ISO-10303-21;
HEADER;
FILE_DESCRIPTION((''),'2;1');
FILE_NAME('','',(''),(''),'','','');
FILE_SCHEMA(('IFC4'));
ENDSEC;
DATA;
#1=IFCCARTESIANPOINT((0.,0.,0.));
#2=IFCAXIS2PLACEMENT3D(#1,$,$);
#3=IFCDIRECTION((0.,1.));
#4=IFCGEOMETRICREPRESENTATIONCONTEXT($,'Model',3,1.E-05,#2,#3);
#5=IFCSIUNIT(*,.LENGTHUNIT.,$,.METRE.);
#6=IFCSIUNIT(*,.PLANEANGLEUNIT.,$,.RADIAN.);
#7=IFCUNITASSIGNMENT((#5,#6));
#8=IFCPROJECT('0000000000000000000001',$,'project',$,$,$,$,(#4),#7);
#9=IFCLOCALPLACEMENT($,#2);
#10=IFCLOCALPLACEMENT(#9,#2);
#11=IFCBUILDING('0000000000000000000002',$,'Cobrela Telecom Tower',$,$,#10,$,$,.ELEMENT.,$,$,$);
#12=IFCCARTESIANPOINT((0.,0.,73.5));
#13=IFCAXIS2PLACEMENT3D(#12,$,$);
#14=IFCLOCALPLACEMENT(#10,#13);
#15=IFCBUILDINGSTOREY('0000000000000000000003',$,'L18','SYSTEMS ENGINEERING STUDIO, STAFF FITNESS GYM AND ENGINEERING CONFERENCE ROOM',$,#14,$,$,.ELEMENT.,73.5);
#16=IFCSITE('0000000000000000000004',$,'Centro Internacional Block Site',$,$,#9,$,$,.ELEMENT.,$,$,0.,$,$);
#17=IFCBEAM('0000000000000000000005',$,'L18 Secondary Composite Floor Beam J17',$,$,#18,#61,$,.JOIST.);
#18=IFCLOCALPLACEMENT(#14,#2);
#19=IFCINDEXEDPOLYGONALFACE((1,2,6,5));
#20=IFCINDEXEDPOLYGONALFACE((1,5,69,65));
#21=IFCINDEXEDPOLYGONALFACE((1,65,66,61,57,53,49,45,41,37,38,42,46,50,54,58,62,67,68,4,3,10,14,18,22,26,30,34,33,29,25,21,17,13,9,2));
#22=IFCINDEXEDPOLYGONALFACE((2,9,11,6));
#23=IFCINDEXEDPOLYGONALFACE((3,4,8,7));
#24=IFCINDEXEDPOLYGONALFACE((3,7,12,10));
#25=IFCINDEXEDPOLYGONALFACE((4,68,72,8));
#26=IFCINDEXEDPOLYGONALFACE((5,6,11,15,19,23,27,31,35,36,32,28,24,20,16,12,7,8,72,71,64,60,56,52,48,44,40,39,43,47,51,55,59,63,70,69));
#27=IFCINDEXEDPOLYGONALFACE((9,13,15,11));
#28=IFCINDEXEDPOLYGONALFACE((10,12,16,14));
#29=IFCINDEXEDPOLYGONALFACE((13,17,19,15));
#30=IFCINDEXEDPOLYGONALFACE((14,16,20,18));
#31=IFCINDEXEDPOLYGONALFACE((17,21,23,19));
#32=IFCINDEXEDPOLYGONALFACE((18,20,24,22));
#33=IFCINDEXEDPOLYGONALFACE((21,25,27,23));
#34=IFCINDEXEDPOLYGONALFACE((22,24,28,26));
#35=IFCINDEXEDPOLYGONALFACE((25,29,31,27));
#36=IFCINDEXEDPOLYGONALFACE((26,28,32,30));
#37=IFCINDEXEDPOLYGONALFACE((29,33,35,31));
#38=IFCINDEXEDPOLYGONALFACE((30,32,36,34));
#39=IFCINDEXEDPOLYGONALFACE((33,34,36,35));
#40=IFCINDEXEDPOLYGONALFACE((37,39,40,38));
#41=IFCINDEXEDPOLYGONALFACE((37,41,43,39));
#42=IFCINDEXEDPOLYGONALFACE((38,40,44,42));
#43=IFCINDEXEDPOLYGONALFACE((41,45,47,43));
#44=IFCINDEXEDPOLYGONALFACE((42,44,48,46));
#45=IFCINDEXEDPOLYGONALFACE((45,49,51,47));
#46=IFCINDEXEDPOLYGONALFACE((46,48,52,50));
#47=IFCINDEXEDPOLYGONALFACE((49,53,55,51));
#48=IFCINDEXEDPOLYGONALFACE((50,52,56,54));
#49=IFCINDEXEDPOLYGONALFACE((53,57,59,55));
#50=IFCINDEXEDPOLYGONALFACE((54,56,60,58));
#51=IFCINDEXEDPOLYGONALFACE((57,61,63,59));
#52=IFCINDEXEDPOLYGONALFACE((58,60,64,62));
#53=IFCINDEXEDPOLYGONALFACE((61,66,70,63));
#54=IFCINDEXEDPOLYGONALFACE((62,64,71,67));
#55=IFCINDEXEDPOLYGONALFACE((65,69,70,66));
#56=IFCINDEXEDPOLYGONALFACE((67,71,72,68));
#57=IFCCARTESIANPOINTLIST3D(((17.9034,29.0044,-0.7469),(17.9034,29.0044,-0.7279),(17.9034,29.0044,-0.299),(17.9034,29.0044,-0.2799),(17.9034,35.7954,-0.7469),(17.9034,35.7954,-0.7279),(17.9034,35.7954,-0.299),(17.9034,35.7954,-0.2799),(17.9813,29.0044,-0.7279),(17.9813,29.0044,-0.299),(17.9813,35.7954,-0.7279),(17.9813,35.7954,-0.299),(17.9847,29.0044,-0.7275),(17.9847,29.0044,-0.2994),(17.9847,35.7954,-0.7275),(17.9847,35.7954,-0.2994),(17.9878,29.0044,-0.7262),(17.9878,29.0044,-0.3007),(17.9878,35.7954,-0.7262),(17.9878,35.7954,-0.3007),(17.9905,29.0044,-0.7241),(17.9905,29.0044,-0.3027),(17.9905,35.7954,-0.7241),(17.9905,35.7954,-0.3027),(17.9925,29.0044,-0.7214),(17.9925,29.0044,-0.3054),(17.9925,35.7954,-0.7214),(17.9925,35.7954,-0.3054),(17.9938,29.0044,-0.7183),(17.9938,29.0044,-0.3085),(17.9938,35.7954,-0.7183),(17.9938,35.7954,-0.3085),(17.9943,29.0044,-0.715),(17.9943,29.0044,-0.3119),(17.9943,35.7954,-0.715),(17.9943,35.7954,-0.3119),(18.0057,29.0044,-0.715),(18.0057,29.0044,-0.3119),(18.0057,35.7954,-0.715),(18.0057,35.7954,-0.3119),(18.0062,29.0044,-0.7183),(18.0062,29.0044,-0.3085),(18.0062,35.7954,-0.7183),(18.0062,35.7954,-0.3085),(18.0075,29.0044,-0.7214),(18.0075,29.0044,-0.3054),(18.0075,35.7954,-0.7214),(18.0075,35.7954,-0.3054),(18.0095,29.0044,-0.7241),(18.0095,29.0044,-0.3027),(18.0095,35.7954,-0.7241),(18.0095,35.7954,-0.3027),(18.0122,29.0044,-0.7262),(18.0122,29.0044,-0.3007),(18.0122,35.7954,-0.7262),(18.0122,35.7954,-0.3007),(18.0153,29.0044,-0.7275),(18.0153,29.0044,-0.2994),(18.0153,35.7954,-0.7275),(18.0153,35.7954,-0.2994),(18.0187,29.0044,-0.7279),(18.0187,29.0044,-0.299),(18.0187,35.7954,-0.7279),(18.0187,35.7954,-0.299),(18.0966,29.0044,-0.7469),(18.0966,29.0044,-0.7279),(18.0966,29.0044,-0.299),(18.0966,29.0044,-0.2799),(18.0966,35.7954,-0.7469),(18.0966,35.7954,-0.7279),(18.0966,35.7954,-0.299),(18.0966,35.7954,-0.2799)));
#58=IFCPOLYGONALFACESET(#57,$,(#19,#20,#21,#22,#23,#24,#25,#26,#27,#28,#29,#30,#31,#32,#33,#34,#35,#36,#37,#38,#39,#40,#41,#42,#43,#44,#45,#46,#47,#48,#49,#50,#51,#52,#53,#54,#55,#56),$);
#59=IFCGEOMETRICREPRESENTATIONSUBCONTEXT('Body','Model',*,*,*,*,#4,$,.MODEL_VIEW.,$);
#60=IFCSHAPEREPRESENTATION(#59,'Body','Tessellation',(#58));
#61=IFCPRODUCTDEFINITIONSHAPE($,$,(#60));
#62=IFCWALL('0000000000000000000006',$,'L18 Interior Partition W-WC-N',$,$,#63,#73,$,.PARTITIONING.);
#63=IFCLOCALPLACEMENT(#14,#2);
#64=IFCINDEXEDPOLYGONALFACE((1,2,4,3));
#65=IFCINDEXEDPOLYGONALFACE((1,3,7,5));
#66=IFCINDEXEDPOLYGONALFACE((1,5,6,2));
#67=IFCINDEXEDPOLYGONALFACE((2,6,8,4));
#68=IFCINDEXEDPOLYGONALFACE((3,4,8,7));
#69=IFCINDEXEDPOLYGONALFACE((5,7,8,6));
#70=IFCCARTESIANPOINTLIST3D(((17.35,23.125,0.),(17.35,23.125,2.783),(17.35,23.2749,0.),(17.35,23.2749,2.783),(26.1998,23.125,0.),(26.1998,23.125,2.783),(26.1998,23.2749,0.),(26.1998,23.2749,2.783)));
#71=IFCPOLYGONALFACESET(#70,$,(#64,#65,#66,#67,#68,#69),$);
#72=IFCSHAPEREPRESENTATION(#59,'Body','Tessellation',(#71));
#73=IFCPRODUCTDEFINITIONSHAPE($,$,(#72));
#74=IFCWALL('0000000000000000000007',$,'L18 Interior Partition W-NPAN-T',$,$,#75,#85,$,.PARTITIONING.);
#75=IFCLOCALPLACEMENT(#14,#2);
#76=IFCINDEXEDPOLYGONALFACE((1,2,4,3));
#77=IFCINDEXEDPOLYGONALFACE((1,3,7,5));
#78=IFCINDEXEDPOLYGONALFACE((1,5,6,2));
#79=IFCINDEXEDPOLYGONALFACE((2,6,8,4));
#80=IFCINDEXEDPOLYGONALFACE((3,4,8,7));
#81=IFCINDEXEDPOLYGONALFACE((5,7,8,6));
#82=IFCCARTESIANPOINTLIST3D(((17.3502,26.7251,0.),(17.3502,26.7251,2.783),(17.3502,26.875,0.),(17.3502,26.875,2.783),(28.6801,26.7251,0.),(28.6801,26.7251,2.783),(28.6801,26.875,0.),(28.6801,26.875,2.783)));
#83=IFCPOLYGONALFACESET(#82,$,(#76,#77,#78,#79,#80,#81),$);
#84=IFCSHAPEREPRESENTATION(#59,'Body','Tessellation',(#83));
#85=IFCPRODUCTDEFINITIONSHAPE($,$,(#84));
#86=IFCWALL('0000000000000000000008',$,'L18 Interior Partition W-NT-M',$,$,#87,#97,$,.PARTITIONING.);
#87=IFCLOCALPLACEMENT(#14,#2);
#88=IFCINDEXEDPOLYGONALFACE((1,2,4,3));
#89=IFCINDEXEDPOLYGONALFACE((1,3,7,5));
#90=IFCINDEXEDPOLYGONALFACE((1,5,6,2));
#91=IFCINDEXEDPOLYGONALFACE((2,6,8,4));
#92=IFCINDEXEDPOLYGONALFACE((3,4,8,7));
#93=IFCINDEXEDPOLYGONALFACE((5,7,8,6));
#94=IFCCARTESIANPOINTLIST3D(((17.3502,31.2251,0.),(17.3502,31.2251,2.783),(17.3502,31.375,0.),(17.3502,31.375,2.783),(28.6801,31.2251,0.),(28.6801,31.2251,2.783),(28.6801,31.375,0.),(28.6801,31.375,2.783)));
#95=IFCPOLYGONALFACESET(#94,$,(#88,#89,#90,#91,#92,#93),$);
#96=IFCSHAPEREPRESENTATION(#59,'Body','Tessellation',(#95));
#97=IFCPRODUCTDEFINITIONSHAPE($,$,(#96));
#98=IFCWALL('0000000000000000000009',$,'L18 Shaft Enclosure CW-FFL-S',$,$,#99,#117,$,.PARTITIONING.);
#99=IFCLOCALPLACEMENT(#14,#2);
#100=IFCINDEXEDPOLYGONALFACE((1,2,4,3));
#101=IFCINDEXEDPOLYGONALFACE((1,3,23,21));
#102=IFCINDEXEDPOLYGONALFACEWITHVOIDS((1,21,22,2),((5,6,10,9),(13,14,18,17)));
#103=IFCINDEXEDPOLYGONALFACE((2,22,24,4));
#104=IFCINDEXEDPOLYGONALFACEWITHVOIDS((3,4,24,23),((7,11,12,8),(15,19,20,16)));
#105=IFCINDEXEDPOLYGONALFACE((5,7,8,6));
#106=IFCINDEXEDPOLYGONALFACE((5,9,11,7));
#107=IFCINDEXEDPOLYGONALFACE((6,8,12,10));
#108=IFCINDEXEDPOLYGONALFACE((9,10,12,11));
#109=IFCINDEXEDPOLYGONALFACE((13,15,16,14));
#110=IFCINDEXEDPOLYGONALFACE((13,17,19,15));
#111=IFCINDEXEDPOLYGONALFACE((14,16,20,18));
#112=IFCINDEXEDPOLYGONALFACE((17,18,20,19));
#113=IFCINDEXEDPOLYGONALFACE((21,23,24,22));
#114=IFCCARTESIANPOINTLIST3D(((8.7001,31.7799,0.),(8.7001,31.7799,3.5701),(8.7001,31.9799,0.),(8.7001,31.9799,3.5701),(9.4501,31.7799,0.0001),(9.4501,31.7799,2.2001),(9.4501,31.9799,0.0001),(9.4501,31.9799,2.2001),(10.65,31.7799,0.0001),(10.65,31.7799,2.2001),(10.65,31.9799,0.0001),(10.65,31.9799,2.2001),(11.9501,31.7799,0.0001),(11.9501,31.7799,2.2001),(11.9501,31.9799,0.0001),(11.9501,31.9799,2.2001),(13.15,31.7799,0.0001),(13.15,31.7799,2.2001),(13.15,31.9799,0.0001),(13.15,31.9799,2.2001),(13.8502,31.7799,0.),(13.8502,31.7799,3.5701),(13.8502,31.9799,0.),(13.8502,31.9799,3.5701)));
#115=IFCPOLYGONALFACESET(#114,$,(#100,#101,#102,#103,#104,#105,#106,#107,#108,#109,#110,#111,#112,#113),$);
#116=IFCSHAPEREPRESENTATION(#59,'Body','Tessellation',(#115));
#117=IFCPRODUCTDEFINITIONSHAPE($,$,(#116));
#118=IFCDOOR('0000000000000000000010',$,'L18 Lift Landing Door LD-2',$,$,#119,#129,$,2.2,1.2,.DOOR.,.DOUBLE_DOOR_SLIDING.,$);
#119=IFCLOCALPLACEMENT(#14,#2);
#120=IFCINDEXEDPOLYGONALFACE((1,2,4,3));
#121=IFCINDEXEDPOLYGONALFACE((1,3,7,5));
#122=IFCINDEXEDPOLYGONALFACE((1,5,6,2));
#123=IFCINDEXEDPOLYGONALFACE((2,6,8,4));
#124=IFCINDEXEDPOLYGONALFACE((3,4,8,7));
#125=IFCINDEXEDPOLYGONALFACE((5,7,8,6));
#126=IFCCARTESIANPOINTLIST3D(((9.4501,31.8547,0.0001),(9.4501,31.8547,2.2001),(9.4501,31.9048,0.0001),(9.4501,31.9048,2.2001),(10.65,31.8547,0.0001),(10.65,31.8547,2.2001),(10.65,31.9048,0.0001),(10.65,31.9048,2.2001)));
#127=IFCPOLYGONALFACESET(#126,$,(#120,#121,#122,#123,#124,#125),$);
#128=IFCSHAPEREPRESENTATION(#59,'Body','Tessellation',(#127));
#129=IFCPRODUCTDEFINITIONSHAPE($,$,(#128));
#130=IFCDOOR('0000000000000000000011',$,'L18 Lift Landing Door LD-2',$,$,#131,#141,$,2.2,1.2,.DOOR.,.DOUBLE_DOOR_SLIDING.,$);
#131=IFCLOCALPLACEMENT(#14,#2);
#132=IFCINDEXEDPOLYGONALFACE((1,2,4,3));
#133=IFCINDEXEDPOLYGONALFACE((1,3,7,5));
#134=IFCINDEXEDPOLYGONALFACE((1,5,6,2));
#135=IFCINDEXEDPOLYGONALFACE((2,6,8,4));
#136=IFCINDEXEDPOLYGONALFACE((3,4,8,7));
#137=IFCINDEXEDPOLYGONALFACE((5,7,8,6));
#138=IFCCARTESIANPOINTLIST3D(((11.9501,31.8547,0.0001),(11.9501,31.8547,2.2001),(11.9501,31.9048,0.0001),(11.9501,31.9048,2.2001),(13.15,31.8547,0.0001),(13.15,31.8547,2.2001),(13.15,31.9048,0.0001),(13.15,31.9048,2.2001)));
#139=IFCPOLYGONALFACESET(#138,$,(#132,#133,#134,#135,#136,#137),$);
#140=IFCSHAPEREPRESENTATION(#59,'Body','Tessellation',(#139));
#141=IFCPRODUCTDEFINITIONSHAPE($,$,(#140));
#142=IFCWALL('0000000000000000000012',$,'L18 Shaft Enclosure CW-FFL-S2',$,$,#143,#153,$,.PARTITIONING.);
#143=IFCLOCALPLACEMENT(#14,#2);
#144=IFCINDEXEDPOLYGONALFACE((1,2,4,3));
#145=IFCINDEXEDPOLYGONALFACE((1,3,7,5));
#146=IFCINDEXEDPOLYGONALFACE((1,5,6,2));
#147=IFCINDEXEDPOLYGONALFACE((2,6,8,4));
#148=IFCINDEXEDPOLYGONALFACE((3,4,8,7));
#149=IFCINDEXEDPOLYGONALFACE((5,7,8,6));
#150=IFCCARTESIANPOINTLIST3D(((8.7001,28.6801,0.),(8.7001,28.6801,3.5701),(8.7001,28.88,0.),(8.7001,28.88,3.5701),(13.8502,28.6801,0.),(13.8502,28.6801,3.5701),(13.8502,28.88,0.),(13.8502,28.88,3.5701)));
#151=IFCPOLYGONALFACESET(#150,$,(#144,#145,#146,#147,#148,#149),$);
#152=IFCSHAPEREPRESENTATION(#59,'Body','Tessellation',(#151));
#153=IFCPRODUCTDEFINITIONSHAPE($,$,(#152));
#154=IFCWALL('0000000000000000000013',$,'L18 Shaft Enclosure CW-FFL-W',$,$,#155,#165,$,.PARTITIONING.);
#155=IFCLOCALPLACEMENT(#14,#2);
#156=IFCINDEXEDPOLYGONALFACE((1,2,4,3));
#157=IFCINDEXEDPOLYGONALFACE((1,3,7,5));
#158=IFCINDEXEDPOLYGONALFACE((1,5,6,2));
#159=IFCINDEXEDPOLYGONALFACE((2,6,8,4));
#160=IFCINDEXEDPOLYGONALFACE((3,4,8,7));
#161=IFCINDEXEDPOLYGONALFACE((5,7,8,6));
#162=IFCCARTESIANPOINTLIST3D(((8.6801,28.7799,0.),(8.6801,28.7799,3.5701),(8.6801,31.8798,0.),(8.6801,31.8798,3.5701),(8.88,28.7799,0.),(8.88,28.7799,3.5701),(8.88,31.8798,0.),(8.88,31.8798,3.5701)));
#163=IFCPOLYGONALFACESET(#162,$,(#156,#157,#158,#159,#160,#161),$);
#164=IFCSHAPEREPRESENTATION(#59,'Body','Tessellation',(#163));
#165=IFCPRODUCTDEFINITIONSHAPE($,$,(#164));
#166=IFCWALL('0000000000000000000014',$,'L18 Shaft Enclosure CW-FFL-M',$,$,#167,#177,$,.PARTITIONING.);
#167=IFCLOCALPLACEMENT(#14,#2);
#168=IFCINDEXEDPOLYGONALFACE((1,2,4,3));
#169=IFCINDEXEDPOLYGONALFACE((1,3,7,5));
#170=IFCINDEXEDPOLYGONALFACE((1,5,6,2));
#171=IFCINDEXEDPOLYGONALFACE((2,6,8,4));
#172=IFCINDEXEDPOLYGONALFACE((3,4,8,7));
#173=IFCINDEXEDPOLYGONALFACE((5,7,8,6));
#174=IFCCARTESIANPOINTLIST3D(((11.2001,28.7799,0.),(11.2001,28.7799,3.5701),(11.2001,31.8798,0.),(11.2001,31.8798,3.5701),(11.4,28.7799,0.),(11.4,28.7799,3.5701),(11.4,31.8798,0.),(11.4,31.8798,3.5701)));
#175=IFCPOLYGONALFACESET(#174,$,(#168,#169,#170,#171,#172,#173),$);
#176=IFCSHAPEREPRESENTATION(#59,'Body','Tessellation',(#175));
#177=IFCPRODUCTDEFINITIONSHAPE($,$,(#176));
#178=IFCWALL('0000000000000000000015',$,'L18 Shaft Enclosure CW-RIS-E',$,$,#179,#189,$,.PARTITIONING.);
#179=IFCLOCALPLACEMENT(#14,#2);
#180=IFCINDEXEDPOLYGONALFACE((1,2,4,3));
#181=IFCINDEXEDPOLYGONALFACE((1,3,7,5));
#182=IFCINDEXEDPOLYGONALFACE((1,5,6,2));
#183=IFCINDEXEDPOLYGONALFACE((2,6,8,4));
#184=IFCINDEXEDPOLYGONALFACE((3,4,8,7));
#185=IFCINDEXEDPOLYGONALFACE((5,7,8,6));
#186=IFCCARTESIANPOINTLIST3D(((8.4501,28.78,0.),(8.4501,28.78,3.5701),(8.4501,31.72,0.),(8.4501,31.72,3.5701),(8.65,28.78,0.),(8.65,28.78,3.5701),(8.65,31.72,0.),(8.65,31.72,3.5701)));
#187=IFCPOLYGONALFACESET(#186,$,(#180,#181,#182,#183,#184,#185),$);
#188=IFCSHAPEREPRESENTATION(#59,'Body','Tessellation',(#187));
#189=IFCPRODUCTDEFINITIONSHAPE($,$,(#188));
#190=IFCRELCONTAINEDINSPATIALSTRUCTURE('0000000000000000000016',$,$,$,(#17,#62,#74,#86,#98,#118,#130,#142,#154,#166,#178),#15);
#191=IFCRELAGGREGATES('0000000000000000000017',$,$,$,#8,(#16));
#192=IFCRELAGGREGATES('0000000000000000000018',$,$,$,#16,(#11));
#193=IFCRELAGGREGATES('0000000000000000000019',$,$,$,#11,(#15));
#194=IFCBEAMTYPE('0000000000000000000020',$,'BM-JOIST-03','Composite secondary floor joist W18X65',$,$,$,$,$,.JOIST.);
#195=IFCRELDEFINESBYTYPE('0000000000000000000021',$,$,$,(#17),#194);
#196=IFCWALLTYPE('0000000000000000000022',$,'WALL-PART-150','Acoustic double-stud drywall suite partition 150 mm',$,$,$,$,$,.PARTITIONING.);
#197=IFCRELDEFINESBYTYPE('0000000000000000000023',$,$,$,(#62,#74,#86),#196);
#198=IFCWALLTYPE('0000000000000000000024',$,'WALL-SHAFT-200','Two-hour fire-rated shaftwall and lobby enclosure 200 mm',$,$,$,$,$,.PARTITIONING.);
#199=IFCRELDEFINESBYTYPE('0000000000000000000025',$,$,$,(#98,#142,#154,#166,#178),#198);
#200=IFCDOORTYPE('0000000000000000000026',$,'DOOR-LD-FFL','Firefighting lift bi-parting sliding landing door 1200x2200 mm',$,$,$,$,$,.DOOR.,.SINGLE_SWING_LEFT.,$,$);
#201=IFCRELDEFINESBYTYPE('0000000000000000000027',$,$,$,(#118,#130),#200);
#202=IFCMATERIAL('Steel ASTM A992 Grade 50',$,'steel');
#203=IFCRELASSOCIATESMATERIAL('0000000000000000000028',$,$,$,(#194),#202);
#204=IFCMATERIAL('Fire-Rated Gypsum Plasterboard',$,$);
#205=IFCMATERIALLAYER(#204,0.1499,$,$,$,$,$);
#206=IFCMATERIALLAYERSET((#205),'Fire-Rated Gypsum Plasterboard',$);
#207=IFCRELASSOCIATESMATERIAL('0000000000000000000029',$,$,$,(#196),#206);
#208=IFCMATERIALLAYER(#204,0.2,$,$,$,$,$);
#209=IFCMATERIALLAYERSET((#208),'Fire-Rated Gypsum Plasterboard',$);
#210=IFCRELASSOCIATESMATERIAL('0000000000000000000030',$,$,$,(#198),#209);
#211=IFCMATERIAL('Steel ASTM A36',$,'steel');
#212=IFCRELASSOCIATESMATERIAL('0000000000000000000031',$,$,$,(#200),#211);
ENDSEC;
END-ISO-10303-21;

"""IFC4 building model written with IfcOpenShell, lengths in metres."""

from ifc_helpers import new_model, si_unit, direction, frame, frame_2d, origin, origin_2d, place, context, subcontext, project, spatial, rectangle, i_section, extrude, material, layer, layer_set, material_profile, profile_set, type_object, element, fill, save


model = new_model("IFC4")

# Units and contexts
model_context = context("Model", 3, precision=1e-05, world=origin(), true_north=direction((0.0, 1.0)))
body_context = subcontext(model_context, "Body", "Model", "MODEL_VIEW")
ifc_project = project(units=[si_unit("LENGTHUNIT", "METRE"), si_unit("PLANEANGLEUNIT", "RADIAN")], contexts=[model_context])

# Site, building, storey
site_placement = place(None, origin())
site = spatial("IfcSite", under=ifc_project, at=site_placement, Name="Centro Internacional Block Site", CompositionType="ELEMENT", RefElevation=0.0)
building_placement = place(site_placement, origin())
building = spatial("IfcBuilding", under=site, at=building_placement, Name="Cobrela Telecom Tower", CompositionType="ELEMENT")
storey_placement = place(building_placement, frame((0.0, 0.0, 73.5)))
storey = spatial("IfcBuildingStorey", under=building, at=storey_placement, Name="L18", Description="SYSTEMS ENGINEERING STUDIO, STAFF FITNESS GYM AND ENGINEERING CONFERENCE ROOM", CompositionType="ELEMENT", Elevation=73.5)

# Beam
ifc_material_1 = material(Name="Steel ASTM A992 Grade 50", Category="steel")
ifc_material_profile_1 = material_profile(ifc_material_1, i_section(OverallWidth=0.1931, OverallDepth=0.467, WebThickness=0.0115, FlangeThickness=0.019, FilletRadius=0.0129, at=origin_2d()), Name="W18X65")
ifc_profile_set_1 = profile_set([ifc_material_profile_1], Name="Steel ASTM A992 Grade 50")
beam_type_1 = type_object("IfcBeamType", Name="BM-JOIST-03", Description="Composite secondary floor joist W18X65", PredefinedType="JOIST", material=ifc_profile_set_1)
for number, where, z_axis, x_axis, name in (
    (1, (18.0, 29.0044, -0.5134), (0.0, 1.0, 0.0), (-1.0, 0.0, 0.0), "L18 Secondary Composite Floor Beam J17"),
):
    element("IfcBeam", number, at=place(storey_placement, frame(where, z_axis=z_axis, x_axis=x_axis)), inside=storey, type_object=beam_type_1, Name=name, PredefinedType="JOIST", context=body_context, shape_type="SweptSolid", body=[
        extrude(i_section(OverallWidth=0.1931, OverallDepth=0.467, WebThickness=0.0115, FlangeThickness=0.019, FilletRadius=0.0129, at=origin_2d()), origin(), (0.0, 0.0, 1.0), 6.791),
    ])

# Shared definitions
ifc_material_2 = material(Name="Steel ASTM A36", Category="steel")

# Walls
ifc_material_3 = material(Name="Fire-Rated Gypsum Plasterboard")
ifc_layer_1 = layer(ifc_material_3, 0.1499)
ifc_layer_set_1 = layer_set([ifc_layer_1], Name="Fire-Rated Gypsum Plasterboard")
wall_type_1 = type_object("IfcWallType", Name="WALL-PART-150", Description="Acoustic double-stud drywall suite partition 150 mm", PredefinedType="PARTITIONING", material=ifc_layer_set_1)
wall_1_placement = place(storey_placement, frame((17.3501, 23.2, 0.0), z_axis=(0.0, 0.0, 1.0), x_axis=(1.0, 0.0, 0.0)))
element("IfcWall", 2, at=wall_1_placement, inside=storey, type_object=wall_type_1, Name="L18 Interior Partition W-WC-N", PredefinedType="PARTITIONING", context=body_context, shape_type="SweptSolid", body=[
    extrude(rectangle(XDim=8.8499, YDim=0.1499, at=frame_2d((4.4248, 0.0))), origin(), (0.0, 0.0, 1.0), 2.783),
])
for number, where, z_axis, x_axis, name in (
    (3, (17.3501, 26.8, 0.0), (0.0, 0.0, 1.0), (1.0, 0.0, 0.0), "L18 Interior Partition W-NPAN-T"),
    (4, (17.3501, 31.3, 0.0), (0.0, 0.0, 1.0), (1.0, 0.0, 0.0), "L18 Interior Partition W-NT-M"),
):
    element("IfcWall", number, at=place(storey_placement, frame(where, z_axis=z_axis, x_axis=x_axis)), inside=storey, type_object=wall_type_1, Name=name, PredefinedType="PARTITIONING", context=body_context, shape_type="SweptSolid", body=[
        extrude(rectangle(XDim=11.3298, YDim=0.1499, at=frame_2d((5.665, 0.0))), origin(), (0.0, 0.0, 1.0), 2.783),
    ])

# Wall, openings, doors
ifc_layer_2 = layer(ifc_material_3, 0.2)
ifc_layer_set_2 = layer_set([ifc_layer_2], Name="Fire-Rated Gypsum Plasterboard")
wall_type_2 = type_object("IfcWallType", Name="WALL-SHAFT-200", Description="Two-hour fire-rated shaftwall and lobby enclosure 200 mm", PredefinedType="PARTITIONING", material=ifc_layer_set_2)
wall_2_placement = place(storey_placement, frame((8.7, 31.8799, 0.0), z_axis=(0.0, 0.0, 1.0), x_axis=(1.0, 0.0, 0.0)))
wall_2 = element("IfcWall", 5, at=wall_2_placement, inside=storey, type_object=wall_type_2, Name="L18 Shaft Enclosure CW-FFL-S", PredefinedType="PARTITIONING", context=body_context, shape_type="SweptSolid", body=[
    extrude(rectangle(XDim=5.1501, YDim=0.2, at=frame_2d((2.5752, 0.0))), origin(), (0.0, 0.0, 1.0), 3.5701),
])
opening_1_placement = place(wall_2_placement, frame((0.75, 0.0, 0.0)))
opening_1 = element("IfcOpeningElement", 6, at=opening_1_placement, cuts=wall_2, PredefinedType="OPENING", context=body_context, shape_type="SweptSolid", body=[
    extrude(rectangle(XDim=1.2, YDim=2.2, at=frame_2d((0.6001, 1.1001))), frame((0.0, 0.1118, 0.0), z_axis=(0.0, -1.0, 0.0), x_axis=(1.0, 0.0, 0.0)), (0.0, 0.0, 1.0), 0.2239),
])
opening_2_placement = place(wall_2_placement, frame((3.25, 0.0, 0.0)))
opening_2 = element("IfcOpeningElement", 7, at=opening_2_placement, cuts=wall_2, PredefinedType="OPENING", context=body_context, shape_type="SweptSolid", body=[
    extrude(rectangle(XDim=1.2, YDim=2.2, at=frame_2d((0.6001, 1.1001))), frame((0.0, 0.1118, 0.0), z_axis=(0.0, -1.0, 0.0), x_axis=(1.0, 0.0, 0.0)), (0.0, 0.0, 1.0), 0.2239),
])
door_type_1 = type_object("IfcDoorType", Name="DOOR-LD-FFL", Description="Firefighting lift bi-parting sliding landing door 1200x2200 mm", OperationType="SINGLE_SWING_LEFT", PredefinedType="DOOR", material=ifc_material_2)
door_1_placement = place(opening_1_placement, origin())
door_1 = element("IfcDoor", 8, at=door_1_placement, inside=storey, type_object=door_type_1, Name="L18 Lift Landing Door LD-2", OperationType="DOUBLE_DOOR_SLIDING", OverallHeight=2.2, OverallWidth=1.2, PredefinedType="DOOR", context=body_context, shape_type="SweptSolid", body=[
    extrude(rectangle(XDim=1.2, YDim=2.2, at=frame_2d((0.6001, 1.1001))), frame((0.0, 0.0249, 0.0), z_axis=(0.0, -1.0, 0.0), x_axis=(1.0, 0.0, 0.0)), (0.0, 0.0, 1.0), 0.05),
])
fill(opening_1, door_1)
door_2_placement = place(opening_2_placement, origin())
door_2 = element("IfcDoor", 9, at=door_2_placement, inside=storey, type_object=door_type_1, Name="L18 Lift Landing Door LD-2", OperationType="DOUBLE_DOOR_SLIDING", OverallHeight=2.2, OverallWidth=1.2, PredefinedType="DOOR", context=body_context, shape_type="SweptSolid", body=[
    extrude(rectangle(XDim=1.2, YDim=2.2, at=frame_2d((0.6001, 1.1001))), frame((0.0, 0.0249, 0.0), z_axis=(0.0, -1.0, 0.0), x_axis=(1.0, 0.0, 0.0)), (0.0, 0.0, 1.0), 0.05),
])
fill(opening_2, door_2)

# Walls
wall_3_placement = place(storey_placement, frame((8.7, 28.78, 0.0), z_axis=(0.0, 0.0, 1.0), x_axis=(1.0, 0.0, 0.0)))
element("IfcWall", 10, at=wall_3_placement, inside=storey, type_object=wall_type_2, Name="L18 Shaft Enclosure CW-FFL-S2", PredefinedType="PARTITIONING", context=body_context, shape_type="SweptSolid", body=[
    extrude(rectangle(XDim=5.1501, YDim=0.2, at=frame_2d((2.5752, 0.0))), origin(), (0.0, 0.0, 1.0), 3.5701),
])
for number, where, z_axis, x_axis, name in (
    (11, (8.78, 28.78, 0.0), (0.0, 0.0, 1.0), (0.0, 1.0, 0.0), "L18 Shaft Enclosure CW-FFL-W"),
    (12, (11.3, 28.78, 0.0), (0.0, 0.0, 1.0), (0.0, 1.0, 0.0), "L18 Shaft Enclosure CW-FFL-M"),
):
    element("IfcWall", number, at=place(storey_placement, frame(where, z_axis=z_axis, x_axis=x_axis)), inside=storey, type_object=wall_type_2, Name=name, PredefinedType="PARTITIONING", context=body_context, shape_type="SweptSolid", body=[
        extrude(rectangle(XDim=3.0999, YDim=0.2, at=frame_2d((1.5498, 0.0))), origin(), (0.0, 0.0, 1.0), 3.5701),
    ])
wall_4_placement = place(storey_placement, frame((8.55, 28.78, 0.0), z_axis=(0.0, 0.0, 1.0), x_axis=(0.0, 1.0, 0.0)))
element("IfcWall", 13, at=wall_4_placement, inside=storey, type_object=wall_type_2, Name="L18 Shaft Enclosure CW-RIS-E", PredefinedType="PARTITIONING", context=body_context, shape_type="SweptSolid", body=[
    extrude(rectangle(XDim=2.9399, YDim=0.2, at=frame_2d((1.47, 0.0))), origin(), (0.0, 0.0, 1.0), 3.5701),
])

save(model, "model.ifc")
